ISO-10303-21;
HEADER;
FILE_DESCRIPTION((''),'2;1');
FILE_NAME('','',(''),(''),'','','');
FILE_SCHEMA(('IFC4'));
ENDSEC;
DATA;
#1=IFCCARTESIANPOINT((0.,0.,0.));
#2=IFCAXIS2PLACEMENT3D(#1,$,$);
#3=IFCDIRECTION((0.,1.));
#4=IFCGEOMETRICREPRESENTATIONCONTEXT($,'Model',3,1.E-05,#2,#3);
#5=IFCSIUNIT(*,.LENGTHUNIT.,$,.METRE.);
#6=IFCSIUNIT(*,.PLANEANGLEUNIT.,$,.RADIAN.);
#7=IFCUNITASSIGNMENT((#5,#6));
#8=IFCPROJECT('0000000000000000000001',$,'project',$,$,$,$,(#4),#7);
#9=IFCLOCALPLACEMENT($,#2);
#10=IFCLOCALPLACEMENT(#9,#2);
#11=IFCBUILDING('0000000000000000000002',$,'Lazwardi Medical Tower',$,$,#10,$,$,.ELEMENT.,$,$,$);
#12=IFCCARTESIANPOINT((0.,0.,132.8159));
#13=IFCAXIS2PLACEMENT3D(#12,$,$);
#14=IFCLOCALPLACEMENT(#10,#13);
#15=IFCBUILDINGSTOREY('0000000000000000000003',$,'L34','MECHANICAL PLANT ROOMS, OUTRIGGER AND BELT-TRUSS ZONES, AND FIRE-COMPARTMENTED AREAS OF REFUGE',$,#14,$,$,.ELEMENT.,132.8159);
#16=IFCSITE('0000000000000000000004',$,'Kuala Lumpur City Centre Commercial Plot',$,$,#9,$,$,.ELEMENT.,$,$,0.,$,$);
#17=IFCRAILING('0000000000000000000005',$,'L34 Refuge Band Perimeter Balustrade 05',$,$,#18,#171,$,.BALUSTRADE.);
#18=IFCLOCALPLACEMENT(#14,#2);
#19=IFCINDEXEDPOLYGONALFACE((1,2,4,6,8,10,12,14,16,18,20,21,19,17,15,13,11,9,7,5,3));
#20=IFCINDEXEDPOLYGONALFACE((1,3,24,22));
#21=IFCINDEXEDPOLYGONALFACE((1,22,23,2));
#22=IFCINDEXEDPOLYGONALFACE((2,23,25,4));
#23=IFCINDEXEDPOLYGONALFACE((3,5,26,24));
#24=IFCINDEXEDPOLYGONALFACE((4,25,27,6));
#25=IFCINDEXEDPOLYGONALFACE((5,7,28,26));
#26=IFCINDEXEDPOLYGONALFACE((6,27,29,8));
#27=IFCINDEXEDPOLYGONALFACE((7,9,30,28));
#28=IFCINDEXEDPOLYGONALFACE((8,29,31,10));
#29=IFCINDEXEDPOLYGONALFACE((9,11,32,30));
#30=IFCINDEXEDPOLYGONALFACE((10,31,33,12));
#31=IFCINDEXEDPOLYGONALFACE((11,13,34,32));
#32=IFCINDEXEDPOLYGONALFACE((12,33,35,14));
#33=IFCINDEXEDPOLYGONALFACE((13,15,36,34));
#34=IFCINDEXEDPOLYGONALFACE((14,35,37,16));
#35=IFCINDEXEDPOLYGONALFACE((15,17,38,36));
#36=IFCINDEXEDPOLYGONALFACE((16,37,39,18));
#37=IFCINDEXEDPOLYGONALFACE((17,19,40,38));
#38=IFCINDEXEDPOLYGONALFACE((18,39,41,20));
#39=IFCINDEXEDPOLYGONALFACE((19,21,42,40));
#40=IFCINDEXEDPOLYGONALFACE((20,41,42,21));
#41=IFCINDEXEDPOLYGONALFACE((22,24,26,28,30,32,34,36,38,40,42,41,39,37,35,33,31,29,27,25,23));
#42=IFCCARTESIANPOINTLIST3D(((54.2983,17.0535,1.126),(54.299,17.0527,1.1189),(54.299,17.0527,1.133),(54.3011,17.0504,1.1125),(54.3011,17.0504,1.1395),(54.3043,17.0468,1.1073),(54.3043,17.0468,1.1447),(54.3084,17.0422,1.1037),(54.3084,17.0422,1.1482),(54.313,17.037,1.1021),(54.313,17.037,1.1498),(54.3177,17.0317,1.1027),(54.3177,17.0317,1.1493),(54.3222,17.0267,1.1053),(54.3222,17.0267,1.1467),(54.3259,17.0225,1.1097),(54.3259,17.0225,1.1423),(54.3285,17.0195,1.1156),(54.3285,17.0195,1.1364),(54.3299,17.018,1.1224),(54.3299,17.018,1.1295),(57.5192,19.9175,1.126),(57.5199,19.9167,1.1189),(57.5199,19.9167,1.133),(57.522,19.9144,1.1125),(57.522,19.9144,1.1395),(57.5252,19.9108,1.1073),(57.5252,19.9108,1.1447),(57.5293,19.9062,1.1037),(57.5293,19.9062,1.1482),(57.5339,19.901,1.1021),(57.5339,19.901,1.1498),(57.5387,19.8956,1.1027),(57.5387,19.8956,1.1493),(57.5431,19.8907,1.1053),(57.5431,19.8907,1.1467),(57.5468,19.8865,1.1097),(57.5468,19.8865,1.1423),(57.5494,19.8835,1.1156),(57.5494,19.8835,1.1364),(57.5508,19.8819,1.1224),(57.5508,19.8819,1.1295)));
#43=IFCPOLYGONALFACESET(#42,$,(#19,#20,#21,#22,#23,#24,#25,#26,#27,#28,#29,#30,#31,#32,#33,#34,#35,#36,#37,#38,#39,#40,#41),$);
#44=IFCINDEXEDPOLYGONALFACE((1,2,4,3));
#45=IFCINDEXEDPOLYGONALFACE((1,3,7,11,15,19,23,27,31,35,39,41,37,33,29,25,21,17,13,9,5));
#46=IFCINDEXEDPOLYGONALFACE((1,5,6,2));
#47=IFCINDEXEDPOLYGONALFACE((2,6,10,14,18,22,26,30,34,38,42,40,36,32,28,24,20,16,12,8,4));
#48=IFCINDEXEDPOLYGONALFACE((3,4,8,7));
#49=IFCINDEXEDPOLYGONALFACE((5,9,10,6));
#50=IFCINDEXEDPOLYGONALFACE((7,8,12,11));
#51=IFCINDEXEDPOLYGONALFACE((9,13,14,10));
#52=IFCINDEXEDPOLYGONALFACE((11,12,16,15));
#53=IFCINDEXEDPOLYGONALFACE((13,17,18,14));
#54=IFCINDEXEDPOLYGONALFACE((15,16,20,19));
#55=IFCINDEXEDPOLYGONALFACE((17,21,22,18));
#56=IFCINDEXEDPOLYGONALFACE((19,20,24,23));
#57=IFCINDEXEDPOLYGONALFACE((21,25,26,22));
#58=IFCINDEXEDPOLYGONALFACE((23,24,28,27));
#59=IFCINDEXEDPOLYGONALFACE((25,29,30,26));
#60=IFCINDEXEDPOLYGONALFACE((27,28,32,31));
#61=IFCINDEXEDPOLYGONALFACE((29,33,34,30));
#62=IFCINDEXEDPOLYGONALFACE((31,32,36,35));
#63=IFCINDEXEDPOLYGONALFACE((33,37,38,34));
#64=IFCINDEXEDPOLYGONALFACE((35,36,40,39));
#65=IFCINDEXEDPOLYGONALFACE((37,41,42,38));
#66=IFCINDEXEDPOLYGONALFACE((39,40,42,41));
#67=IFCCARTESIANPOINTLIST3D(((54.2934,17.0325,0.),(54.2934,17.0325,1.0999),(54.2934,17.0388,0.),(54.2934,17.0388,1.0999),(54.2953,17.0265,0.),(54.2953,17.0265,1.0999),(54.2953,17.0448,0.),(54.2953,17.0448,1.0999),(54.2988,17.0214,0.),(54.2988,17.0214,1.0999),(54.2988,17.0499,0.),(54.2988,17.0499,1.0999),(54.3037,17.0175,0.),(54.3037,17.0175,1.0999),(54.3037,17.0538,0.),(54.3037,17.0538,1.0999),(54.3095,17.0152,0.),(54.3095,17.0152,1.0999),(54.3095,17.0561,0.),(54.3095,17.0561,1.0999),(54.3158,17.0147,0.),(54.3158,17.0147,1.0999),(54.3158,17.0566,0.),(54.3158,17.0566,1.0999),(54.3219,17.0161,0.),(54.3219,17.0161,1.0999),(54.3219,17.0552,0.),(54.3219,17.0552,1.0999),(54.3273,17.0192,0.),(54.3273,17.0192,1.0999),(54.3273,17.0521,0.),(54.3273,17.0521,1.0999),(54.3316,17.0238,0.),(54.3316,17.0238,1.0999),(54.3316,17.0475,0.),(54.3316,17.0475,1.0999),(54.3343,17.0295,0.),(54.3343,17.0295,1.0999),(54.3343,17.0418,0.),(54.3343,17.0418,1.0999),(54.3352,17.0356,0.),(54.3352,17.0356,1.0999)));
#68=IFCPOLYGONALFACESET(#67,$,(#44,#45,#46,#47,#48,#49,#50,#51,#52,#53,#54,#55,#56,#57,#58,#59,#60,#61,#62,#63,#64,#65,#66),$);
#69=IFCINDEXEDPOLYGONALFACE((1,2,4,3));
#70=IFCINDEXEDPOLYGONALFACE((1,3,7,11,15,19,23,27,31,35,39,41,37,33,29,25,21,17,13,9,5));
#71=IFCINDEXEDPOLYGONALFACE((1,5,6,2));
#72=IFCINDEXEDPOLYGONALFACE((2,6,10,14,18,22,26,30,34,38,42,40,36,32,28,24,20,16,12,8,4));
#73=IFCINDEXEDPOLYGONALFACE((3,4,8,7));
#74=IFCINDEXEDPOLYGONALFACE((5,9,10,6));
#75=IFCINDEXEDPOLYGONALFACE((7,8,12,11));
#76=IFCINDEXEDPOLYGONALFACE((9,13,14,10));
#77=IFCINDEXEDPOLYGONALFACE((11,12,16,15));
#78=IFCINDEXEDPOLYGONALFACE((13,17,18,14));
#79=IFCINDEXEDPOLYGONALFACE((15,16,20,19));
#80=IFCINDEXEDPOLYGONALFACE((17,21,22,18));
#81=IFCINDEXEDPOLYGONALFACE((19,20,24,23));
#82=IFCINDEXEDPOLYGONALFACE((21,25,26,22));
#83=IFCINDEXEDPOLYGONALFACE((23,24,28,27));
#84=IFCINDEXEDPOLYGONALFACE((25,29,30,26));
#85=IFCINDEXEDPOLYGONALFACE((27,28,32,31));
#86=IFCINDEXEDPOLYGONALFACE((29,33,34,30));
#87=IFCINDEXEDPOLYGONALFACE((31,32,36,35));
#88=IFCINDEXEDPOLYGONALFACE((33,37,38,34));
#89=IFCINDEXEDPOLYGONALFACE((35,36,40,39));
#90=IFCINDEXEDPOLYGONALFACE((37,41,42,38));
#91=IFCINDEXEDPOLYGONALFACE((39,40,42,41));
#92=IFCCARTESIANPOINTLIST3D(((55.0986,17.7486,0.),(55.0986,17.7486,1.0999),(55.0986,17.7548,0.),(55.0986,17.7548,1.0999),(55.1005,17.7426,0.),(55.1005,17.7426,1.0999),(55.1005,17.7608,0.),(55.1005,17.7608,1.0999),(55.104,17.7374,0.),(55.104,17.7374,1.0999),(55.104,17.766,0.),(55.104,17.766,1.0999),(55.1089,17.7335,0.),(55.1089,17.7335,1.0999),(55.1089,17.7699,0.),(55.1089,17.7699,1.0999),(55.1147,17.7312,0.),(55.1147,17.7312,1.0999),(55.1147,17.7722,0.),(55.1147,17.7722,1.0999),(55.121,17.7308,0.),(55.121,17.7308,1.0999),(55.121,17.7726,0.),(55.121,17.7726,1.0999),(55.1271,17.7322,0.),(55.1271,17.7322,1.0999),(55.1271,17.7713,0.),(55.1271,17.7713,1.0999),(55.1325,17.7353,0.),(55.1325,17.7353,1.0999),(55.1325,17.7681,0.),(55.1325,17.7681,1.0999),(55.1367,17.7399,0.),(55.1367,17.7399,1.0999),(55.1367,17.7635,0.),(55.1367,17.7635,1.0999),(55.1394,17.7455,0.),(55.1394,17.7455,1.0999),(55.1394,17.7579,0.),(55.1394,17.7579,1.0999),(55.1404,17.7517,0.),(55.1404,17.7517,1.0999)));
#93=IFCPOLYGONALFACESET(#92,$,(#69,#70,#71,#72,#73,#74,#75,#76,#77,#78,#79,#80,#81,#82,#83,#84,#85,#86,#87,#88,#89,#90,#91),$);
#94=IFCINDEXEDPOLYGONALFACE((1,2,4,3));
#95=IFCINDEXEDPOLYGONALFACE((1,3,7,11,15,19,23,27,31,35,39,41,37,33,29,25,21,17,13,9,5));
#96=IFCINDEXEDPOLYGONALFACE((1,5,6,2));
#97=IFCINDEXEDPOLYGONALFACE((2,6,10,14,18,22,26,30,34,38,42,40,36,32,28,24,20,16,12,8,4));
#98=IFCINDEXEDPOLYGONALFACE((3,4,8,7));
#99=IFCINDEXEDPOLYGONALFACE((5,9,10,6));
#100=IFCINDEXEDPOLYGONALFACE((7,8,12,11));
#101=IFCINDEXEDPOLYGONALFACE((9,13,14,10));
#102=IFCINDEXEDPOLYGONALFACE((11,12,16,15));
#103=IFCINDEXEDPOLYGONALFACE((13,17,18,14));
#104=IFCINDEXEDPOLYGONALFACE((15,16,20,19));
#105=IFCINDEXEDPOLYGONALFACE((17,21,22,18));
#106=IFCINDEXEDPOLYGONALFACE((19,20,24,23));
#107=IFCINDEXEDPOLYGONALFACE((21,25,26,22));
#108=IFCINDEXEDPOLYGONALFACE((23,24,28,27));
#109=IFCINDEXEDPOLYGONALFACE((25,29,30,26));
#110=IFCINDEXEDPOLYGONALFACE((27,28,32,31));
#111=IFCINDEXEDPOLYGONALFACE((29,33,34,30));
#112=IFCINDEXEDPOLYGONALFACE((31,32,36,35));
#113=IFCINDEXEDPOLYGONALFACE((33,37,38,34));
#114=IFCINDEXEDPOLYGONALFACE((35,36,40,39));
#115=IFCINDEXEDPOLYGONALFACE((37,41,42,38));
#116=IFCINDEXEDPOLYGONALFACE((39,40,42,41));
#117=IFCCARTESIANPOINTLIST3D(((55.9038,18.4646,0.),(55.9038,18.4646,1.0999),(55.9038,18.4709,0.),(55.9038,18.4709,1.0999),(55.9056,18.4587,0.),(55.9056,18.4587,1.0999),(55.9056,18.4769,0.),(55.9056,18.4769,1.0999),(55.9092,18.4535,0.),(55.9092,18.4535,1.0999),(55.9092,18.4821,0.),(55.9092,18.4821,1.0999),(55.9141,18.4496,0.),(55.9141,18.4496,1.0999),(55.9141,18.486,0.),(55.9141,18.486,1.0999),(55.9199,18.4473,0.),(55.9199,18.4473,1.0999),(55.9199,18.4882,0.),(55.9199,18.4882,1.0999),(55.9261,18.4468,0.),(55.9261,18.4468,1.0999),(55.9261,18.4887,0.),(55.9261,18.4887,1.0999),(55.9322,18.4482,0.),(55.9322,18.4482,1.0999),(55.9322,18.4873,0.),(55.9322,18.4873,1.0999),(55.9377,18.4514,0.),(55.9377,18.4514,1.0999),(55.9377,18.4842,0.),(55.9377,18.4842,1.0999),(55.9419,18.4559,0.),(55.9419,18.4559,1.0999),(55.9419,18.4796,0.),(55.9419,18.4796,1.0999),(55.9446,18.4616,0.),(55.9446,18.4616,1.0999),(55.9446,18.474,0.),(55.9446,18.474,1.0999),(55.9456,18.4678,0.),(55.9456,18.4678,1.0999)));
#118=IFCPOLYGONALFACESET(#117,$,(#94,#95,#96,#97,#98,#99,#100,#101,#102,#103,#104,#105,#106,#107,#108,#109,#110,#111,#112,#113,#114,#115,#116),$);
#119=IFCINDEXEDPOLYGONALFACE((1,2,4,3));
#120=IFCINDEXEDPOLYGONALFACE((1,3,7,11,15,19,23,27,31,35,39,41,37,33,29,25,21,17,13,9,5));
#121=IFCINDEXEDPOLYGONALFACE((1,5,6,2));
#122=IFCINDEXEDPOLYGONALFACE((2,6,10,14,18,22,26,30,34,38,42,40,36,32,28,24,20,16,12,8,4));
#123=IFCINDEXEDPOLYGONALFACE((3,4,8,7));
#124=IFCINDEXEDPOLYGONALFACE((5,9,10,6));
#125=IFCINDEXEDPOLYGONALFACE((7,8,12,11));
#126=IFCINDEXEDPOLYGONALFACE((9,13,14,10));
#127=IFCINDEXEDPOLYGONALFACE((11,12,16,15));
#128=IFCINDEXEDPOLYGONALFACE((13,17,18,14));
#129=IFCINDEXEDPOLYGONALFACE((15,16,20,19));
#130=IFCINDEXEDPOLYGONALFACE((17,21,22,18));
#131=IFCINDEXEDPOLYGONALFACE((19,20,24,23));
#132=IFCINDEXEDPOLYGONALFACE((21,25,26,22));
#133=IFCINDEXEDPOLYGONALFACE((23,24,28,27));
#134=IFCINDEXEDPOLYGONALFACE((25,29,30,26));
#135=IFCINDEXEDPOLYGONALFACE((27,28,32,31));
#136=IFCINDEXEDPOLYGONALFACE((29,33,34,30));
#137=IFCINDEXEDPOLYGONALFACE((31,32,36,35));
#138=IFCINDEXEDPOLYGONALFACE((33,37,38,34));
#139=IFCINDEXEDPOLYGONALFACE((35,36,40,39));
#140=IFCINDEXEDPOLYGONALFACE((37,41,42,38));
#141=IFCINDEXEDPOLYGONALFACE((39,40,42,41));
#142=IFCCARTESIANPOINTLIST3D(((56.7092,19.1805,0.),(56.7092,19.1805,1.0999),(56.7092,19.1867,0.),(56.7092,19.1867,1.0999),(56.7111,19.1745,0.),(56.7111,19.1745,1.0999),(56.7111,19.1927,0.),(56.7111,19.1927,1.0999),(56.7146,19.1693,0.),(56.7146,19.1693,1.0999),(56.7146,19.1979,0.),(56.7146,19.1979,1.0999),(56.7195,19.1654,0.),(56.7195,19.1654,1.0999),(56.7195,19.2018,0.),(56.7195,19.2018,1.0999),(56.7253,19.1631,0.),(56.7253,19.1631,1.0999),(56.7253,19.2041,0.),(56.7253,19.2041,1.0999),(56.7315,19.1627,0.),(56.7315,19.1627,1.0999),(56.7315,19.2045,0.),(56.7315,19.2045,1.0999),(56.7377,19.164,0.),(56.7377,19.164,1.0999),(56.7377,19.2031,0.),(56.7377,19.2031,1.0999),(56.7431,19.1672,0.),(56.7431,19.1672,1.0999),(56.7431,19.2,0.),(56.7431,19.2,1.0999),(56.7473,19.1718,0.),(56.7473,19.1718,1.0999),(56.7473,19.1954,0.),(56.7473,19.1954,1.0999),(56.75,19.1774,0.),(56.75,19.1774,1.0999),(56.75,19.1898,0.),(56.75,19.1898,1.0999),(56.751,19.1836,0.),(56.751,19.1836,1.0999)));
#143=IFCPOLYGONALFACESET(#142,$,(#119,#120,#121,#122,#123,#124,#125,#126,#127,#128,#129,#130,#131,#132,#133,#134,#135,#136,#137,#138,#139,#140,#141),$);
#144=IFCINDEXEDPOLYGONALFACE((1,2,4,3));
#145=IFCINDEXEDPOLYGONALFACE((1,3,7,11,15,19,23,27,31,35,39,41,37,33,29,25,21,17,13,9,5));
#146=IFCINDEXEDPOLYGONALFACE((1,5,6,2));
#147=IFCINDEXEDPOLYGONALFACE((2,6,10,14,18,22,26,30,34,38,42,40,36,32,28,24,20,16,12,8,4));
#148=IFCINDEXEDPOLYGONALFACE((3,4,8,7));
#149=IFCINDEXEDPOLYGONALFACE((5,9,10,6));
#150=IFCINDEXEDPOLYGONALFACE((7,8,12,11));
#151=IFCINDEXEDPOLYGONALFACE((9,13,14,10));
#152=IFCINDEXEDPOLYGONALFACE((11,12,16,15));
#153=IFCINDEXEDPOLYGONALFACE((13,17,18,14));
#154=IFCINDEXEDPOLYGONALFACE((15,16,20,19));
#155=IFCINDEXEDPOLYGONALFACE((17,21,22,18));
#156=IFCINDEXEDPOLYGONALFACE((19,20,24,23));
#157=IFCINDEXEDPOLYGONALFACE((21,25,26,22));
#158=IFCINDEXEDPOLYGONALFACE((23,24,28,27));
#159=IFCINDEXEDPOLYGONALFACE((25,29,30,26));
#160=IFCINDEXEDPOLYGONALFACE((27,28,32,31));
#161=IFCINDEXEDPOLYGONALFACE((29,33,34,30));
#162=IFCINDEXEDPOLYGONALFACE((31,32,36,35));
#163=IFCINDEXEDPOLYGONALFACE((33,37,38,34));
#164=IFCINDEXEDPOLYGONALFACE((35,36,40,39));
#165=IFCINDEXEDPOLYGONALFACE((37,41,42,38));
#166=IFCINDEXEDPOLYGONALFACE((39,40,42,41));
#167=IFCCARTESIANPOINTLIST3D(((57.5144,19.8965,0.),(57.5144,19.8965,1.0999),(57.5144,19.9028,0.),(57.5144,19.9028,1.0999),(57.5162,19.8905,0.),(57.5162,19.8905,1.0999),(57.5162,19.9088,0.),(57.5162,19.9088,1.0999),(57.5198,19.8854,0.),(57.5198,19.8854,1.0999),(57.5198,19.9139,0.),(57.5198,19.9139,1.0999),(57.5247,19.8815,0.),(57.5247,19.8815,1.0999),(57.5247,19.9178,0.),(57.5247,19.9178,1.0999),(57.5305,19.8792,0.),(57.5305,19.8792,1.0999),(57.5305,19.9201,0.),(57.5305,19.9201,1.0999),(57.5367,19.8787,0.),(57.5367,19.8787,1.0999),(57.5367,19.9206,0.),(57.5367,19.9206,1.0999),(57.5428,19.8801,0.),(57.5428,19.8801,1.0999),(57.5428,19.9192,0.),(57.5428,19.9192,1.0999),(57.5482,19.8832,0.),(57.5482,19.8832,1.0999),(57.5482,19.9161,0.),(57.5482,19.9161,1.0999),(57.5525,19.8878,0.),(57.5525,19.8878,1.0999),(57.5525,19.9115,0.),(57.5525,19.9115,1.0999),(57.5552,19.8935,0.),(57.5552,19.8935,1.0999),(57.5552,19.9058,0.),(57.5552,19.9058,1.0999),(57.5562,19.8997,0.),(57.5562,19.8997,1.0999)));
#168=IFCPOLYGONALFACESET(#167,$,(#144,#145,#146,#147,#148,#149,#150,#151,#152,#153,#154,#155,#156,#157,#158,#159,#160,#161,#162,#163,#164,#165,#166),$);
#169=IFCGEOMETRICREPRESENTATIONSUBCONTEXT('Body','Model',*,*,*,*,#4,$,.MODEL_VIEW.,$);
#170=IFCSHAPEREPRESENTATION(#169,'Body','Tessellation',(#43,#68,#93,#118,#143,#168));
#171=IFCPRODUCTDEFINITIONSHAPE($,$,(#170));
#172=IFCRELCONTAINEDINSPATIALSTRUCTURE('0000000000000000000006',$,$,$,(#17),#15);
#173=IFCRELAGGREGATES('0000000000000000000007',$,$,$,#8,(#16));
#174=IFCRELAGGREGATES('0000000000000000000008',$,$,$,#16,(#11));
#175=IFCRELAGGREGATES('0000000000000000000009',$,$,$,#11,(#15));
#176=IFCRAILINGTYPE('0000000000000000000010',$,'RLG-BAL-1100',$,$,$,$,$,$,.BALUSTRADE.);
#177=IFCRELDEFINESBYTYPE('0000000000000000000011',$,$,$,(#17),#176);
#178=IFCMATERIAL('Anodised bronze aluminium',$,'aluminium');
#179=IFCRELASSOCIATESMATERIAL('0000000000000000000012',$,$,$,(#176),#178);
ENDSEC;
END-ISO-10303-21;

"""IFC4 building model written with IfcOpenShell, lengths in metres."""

from ifc_helpers import new_model, si_unit, direction, frame, origin, origin_2d, place, context, subcontext, project, spatial, circle, extrude, material, type_object, element, save


model = new_model("IFC4")

# Units and contexts
model_context = context("Model", 3, precision=1e-05, world=origin(), true_north=direction((0.0, 1.0)))
body_context = subcontext(model_context, "Body", "Model", "MODEL_VIEW")
ifc_project = project(units=[si_unit("LENGTHUNIT", "METRE"), si_unit("PLANEANGLEUNIT", "RADIAN")], contexts=[model_context])

# Site, building, storey
site_placement = place(None, origin())
site = spatial("IfcSite", under=ifc_project, at=site_placement, Name="Kuala Lumpur City Centre Commercial Plot", CompositionType="ELEMENT", RefElevation=0.0)
building_placement = place(site_placement, origin())
building = spatial("IfcBuilding", under=site, at=building_placement, Name="Lazwardi Medical Tower", CompositionType="ELEMENT")
storey_placement = place(building_placement, frame((0.0, 0.0, 132.8159)))
storey = spatial("IfcBuildingStorey", under=building, at=storey_placement, Name="L34", Description="MECHANICAL PLANT ROOMS, OUTRIGGER AND BELT-TRUSS ZONES, AND FIRE-COMPARTMENTED AREAS OF REFUGE", CompositionType="ELEMENT", Elevation=132.8159)

# Railing
ifc_material_1 = material(Name="Anodised bronze aluminium", Category="aluminium")
railing_type = type_object("IfcRailingType", Name="RLG-BAL-1100", PredefinedType="BALUSTRADE", material=ifc_material_1)
railing_1_placement = place(storey_placement, frame((54.3142, 17.0356, 0.0)))
element("IfcRailing", 1, at=railing_1_placement, inside=storey, type_object=railing_type, Name="L34 Refuge Band Perimeter Balustrade 05", PredefinedType="BALUSTRADE", context=body_context, shape_type="SweptSolid", body=[
    extrude(circle(Radius=0.0239, at=origin_2d()), frame((0.0, 0.0, 1.126), z_axis=(0.7473, 0.664487, 0.0), x_axis=(-0.664487, 0.7473, 0.0)), (0.0, 0.0, 1.0), 4.3101),
    extrude(circle(Radius=0.021, at=origin_2d()), origin(), (0.0, 0.0, 1.0), 1.0999),
    extrude(circle(Radius=0.021, at=origin_2d()), frame((0.8052, 0.7161, 0.0)), (0.0, 0.0, 1.0), 1.0999),
    extrude(circle(Radius=0.021, at=origin_2d()), frame((1.6104, 1.4321, 0.0)), (0.0, 0.0, 1.0), 1.0999),
    extrude(circle(Radius=0.021, at=origin_2d()), frame((2.4158, 2.1479, 0.0)), (0.0, 0.0, 1.0), 1.0999),
    extrude(circle(Radius=0.021, at=origin_2d()), frame((3.2209, 2.864, 0.0)), (0.0, 0.0, 1.0), 1.0999),
])

save(model, "model.ifc")
